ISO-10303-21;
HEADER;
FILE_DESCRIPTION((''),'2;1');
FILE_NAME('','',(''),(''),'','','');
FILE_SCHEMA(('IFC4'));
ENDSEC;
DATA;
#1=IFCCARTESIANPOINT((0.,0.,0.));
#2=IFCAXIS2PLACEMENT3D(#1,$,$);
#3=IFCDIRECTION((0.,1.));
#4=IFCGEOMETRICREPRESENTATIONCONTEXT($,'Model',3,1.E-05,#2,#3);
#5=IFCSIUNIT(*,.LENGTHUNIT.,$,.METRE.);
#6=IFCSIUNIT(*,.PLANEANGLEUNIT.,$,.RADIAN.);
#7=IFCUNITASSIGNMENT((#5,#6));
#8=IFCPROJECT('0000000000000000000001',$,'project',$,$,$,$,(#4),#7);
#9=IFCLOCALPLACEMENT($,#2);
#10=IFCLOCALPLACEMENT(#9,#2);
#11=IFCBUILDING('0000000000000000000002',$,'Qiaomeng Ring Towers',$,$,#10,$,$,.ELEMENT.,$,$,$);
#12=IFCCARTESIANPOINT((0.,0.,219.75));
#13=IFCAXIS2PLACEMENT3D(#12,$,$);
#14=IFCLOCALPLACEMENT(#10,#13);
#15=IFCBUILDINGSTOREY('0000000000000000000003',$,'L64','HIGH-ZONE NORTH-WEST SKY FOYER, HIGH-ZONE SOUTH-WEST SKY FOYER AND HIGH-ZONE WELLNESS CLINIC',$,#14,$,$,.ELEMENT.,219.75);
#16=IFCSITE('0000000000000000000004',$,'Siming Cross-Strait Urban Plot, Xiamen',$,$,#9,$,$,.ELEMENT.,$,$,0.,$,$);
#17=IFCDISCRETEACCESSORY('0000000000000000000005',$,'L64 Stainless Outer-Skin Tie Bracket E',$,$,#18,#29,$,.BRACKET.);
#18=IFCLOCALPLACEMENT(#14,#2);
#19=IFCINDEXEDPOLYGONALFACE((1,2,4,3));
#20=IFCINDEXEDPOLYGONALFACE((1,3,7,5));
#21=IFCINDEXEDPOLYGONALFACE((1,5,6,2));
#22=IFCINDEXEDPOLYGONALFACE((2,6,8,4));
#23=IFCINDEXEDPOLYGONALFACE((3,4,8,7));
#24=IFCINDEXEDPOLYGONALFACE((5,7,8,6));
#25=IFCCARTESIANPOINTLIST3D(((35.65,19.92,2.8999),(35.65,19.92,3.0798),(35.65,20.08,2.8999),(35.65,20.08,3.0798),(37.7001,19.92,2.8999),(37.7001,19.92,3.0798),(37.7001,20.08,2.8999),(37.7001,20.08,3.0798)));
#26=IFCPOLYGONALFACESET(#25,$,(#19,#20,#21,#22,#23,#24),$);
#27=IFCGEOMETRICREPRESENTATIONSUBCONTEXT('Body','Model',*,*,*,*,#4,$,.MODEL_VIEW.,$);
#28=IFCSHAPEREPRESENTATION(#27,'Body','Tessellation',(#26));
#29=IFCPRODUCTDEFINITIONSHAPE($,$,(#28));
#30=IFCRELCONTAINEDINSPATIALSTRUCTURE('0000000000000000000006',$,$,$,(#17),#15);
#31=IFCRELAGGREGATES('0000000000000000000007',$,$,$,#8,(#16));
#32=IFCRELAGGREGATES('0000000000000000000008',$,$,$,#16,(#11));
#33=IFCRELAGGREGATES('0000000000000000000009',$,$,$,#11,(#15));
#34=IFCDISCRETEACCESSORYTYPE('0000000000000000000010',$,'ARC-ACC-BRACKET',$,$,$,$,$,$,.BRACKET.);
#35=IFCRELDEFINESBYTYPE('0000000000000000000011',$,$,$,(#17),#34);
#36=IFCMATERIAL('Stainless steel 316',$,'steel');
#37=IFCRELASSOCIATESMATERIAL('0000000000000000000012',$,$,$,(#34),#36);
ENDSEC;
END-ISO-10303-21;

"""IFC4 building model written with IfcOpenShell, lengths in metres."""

from ifc_helpers import new_model, si_unit, direction, frame, origin, origin_2d, place, context, subcontext, project, spatial, rectangle, extrude, source, transform, mapped, material, type_object, element, save


model = new_model("IFC4")

# Units and contexts
model_context = context("Model", 3, precision=1e-05, world=origin(), true_north=direction((0.0, 1.0)))
body_context = subcontext(model_context, "Body", "Model", "MODEL_VIEW")
ifc_project = project(units=[si_unit("LENGTHUNIT", "METRE"), si_unit("PLANEANGLEUNIT", "RADIAN")], contexts=[model_context])

# Site, building, storey
site_placement = place(None, origin())
site = spatial("IfcSite", under=ifc_project, at=site_placement, Name="Siming Cross-Strait Urban Plot, Xiamen", CompositionType="ELEMENT", RefElevation=0.0)
building_placement = place(site_placement, origin())
building = spatial("IfcBuilding", under=site, at=building_placement, Name="Qiaomeng Ring Towers", CompositionType="ELEMENT")
storey_placement = place(building_placement, frame((0.0, 0.0, 219.75)))
storey = spatial("IfcBuildingStorey", under=building, at=storey_placement, Name="L64", Description="HIGH-ZONE NORTH-WEST SKY FOYER, HIGH-ZONE SOUTH-WEST SKY FOYER AND HIGH-ZONE WELLNESS CLINIC", CompositionType="ELEMENT", Elevation=219.75)

# Shared definitions
ifc_material_1 = material(Name="Stainless steel 316", Category="steel")

# Discrete accessory
discrete_accessory_type = type_object("IfcDiscreteAccessoryType", Name="ARC-ACC-BRACKET", PredefinedType="BRACKET", material=ifc_material_1)
shared_shape_1 = source(origin(), body_context, "Body", "SweptSolid", [
    extrude(rectangle(XDim=2.05, YDim=0.1599, at=origin_2d()), origin(), (0.0, 0.0, 1.0), 0.1799),
])
discrete_accessory_placement = place(storey_placement, frame((36.675, 20.0, 2.8999), z_axis=(0.0, 0.0, 1.0), x_axis=(1.0, 0.0, 0.0)))
element("IfcDiscreteAccessory", 1, at=discrete_accessory_placement, inside=storey, type_object=discrete_accessory_type, Name="L64 Stainless Outer-Skin Tie Bracket E", PredefinedType="BRACKET", context=body_context, shape_type="MappedRepresentation", body=[
    mapped(shared_shape_1, transform((0.0, 0.0, 0.0), x_axis=(1.0, 0.0, 0.0), y_axis=(0.0, 1.0, 0.0), z_axis=(0.0, 0.0, 1.0), scale=1.0)),
])

save(model, "model.ifc")
